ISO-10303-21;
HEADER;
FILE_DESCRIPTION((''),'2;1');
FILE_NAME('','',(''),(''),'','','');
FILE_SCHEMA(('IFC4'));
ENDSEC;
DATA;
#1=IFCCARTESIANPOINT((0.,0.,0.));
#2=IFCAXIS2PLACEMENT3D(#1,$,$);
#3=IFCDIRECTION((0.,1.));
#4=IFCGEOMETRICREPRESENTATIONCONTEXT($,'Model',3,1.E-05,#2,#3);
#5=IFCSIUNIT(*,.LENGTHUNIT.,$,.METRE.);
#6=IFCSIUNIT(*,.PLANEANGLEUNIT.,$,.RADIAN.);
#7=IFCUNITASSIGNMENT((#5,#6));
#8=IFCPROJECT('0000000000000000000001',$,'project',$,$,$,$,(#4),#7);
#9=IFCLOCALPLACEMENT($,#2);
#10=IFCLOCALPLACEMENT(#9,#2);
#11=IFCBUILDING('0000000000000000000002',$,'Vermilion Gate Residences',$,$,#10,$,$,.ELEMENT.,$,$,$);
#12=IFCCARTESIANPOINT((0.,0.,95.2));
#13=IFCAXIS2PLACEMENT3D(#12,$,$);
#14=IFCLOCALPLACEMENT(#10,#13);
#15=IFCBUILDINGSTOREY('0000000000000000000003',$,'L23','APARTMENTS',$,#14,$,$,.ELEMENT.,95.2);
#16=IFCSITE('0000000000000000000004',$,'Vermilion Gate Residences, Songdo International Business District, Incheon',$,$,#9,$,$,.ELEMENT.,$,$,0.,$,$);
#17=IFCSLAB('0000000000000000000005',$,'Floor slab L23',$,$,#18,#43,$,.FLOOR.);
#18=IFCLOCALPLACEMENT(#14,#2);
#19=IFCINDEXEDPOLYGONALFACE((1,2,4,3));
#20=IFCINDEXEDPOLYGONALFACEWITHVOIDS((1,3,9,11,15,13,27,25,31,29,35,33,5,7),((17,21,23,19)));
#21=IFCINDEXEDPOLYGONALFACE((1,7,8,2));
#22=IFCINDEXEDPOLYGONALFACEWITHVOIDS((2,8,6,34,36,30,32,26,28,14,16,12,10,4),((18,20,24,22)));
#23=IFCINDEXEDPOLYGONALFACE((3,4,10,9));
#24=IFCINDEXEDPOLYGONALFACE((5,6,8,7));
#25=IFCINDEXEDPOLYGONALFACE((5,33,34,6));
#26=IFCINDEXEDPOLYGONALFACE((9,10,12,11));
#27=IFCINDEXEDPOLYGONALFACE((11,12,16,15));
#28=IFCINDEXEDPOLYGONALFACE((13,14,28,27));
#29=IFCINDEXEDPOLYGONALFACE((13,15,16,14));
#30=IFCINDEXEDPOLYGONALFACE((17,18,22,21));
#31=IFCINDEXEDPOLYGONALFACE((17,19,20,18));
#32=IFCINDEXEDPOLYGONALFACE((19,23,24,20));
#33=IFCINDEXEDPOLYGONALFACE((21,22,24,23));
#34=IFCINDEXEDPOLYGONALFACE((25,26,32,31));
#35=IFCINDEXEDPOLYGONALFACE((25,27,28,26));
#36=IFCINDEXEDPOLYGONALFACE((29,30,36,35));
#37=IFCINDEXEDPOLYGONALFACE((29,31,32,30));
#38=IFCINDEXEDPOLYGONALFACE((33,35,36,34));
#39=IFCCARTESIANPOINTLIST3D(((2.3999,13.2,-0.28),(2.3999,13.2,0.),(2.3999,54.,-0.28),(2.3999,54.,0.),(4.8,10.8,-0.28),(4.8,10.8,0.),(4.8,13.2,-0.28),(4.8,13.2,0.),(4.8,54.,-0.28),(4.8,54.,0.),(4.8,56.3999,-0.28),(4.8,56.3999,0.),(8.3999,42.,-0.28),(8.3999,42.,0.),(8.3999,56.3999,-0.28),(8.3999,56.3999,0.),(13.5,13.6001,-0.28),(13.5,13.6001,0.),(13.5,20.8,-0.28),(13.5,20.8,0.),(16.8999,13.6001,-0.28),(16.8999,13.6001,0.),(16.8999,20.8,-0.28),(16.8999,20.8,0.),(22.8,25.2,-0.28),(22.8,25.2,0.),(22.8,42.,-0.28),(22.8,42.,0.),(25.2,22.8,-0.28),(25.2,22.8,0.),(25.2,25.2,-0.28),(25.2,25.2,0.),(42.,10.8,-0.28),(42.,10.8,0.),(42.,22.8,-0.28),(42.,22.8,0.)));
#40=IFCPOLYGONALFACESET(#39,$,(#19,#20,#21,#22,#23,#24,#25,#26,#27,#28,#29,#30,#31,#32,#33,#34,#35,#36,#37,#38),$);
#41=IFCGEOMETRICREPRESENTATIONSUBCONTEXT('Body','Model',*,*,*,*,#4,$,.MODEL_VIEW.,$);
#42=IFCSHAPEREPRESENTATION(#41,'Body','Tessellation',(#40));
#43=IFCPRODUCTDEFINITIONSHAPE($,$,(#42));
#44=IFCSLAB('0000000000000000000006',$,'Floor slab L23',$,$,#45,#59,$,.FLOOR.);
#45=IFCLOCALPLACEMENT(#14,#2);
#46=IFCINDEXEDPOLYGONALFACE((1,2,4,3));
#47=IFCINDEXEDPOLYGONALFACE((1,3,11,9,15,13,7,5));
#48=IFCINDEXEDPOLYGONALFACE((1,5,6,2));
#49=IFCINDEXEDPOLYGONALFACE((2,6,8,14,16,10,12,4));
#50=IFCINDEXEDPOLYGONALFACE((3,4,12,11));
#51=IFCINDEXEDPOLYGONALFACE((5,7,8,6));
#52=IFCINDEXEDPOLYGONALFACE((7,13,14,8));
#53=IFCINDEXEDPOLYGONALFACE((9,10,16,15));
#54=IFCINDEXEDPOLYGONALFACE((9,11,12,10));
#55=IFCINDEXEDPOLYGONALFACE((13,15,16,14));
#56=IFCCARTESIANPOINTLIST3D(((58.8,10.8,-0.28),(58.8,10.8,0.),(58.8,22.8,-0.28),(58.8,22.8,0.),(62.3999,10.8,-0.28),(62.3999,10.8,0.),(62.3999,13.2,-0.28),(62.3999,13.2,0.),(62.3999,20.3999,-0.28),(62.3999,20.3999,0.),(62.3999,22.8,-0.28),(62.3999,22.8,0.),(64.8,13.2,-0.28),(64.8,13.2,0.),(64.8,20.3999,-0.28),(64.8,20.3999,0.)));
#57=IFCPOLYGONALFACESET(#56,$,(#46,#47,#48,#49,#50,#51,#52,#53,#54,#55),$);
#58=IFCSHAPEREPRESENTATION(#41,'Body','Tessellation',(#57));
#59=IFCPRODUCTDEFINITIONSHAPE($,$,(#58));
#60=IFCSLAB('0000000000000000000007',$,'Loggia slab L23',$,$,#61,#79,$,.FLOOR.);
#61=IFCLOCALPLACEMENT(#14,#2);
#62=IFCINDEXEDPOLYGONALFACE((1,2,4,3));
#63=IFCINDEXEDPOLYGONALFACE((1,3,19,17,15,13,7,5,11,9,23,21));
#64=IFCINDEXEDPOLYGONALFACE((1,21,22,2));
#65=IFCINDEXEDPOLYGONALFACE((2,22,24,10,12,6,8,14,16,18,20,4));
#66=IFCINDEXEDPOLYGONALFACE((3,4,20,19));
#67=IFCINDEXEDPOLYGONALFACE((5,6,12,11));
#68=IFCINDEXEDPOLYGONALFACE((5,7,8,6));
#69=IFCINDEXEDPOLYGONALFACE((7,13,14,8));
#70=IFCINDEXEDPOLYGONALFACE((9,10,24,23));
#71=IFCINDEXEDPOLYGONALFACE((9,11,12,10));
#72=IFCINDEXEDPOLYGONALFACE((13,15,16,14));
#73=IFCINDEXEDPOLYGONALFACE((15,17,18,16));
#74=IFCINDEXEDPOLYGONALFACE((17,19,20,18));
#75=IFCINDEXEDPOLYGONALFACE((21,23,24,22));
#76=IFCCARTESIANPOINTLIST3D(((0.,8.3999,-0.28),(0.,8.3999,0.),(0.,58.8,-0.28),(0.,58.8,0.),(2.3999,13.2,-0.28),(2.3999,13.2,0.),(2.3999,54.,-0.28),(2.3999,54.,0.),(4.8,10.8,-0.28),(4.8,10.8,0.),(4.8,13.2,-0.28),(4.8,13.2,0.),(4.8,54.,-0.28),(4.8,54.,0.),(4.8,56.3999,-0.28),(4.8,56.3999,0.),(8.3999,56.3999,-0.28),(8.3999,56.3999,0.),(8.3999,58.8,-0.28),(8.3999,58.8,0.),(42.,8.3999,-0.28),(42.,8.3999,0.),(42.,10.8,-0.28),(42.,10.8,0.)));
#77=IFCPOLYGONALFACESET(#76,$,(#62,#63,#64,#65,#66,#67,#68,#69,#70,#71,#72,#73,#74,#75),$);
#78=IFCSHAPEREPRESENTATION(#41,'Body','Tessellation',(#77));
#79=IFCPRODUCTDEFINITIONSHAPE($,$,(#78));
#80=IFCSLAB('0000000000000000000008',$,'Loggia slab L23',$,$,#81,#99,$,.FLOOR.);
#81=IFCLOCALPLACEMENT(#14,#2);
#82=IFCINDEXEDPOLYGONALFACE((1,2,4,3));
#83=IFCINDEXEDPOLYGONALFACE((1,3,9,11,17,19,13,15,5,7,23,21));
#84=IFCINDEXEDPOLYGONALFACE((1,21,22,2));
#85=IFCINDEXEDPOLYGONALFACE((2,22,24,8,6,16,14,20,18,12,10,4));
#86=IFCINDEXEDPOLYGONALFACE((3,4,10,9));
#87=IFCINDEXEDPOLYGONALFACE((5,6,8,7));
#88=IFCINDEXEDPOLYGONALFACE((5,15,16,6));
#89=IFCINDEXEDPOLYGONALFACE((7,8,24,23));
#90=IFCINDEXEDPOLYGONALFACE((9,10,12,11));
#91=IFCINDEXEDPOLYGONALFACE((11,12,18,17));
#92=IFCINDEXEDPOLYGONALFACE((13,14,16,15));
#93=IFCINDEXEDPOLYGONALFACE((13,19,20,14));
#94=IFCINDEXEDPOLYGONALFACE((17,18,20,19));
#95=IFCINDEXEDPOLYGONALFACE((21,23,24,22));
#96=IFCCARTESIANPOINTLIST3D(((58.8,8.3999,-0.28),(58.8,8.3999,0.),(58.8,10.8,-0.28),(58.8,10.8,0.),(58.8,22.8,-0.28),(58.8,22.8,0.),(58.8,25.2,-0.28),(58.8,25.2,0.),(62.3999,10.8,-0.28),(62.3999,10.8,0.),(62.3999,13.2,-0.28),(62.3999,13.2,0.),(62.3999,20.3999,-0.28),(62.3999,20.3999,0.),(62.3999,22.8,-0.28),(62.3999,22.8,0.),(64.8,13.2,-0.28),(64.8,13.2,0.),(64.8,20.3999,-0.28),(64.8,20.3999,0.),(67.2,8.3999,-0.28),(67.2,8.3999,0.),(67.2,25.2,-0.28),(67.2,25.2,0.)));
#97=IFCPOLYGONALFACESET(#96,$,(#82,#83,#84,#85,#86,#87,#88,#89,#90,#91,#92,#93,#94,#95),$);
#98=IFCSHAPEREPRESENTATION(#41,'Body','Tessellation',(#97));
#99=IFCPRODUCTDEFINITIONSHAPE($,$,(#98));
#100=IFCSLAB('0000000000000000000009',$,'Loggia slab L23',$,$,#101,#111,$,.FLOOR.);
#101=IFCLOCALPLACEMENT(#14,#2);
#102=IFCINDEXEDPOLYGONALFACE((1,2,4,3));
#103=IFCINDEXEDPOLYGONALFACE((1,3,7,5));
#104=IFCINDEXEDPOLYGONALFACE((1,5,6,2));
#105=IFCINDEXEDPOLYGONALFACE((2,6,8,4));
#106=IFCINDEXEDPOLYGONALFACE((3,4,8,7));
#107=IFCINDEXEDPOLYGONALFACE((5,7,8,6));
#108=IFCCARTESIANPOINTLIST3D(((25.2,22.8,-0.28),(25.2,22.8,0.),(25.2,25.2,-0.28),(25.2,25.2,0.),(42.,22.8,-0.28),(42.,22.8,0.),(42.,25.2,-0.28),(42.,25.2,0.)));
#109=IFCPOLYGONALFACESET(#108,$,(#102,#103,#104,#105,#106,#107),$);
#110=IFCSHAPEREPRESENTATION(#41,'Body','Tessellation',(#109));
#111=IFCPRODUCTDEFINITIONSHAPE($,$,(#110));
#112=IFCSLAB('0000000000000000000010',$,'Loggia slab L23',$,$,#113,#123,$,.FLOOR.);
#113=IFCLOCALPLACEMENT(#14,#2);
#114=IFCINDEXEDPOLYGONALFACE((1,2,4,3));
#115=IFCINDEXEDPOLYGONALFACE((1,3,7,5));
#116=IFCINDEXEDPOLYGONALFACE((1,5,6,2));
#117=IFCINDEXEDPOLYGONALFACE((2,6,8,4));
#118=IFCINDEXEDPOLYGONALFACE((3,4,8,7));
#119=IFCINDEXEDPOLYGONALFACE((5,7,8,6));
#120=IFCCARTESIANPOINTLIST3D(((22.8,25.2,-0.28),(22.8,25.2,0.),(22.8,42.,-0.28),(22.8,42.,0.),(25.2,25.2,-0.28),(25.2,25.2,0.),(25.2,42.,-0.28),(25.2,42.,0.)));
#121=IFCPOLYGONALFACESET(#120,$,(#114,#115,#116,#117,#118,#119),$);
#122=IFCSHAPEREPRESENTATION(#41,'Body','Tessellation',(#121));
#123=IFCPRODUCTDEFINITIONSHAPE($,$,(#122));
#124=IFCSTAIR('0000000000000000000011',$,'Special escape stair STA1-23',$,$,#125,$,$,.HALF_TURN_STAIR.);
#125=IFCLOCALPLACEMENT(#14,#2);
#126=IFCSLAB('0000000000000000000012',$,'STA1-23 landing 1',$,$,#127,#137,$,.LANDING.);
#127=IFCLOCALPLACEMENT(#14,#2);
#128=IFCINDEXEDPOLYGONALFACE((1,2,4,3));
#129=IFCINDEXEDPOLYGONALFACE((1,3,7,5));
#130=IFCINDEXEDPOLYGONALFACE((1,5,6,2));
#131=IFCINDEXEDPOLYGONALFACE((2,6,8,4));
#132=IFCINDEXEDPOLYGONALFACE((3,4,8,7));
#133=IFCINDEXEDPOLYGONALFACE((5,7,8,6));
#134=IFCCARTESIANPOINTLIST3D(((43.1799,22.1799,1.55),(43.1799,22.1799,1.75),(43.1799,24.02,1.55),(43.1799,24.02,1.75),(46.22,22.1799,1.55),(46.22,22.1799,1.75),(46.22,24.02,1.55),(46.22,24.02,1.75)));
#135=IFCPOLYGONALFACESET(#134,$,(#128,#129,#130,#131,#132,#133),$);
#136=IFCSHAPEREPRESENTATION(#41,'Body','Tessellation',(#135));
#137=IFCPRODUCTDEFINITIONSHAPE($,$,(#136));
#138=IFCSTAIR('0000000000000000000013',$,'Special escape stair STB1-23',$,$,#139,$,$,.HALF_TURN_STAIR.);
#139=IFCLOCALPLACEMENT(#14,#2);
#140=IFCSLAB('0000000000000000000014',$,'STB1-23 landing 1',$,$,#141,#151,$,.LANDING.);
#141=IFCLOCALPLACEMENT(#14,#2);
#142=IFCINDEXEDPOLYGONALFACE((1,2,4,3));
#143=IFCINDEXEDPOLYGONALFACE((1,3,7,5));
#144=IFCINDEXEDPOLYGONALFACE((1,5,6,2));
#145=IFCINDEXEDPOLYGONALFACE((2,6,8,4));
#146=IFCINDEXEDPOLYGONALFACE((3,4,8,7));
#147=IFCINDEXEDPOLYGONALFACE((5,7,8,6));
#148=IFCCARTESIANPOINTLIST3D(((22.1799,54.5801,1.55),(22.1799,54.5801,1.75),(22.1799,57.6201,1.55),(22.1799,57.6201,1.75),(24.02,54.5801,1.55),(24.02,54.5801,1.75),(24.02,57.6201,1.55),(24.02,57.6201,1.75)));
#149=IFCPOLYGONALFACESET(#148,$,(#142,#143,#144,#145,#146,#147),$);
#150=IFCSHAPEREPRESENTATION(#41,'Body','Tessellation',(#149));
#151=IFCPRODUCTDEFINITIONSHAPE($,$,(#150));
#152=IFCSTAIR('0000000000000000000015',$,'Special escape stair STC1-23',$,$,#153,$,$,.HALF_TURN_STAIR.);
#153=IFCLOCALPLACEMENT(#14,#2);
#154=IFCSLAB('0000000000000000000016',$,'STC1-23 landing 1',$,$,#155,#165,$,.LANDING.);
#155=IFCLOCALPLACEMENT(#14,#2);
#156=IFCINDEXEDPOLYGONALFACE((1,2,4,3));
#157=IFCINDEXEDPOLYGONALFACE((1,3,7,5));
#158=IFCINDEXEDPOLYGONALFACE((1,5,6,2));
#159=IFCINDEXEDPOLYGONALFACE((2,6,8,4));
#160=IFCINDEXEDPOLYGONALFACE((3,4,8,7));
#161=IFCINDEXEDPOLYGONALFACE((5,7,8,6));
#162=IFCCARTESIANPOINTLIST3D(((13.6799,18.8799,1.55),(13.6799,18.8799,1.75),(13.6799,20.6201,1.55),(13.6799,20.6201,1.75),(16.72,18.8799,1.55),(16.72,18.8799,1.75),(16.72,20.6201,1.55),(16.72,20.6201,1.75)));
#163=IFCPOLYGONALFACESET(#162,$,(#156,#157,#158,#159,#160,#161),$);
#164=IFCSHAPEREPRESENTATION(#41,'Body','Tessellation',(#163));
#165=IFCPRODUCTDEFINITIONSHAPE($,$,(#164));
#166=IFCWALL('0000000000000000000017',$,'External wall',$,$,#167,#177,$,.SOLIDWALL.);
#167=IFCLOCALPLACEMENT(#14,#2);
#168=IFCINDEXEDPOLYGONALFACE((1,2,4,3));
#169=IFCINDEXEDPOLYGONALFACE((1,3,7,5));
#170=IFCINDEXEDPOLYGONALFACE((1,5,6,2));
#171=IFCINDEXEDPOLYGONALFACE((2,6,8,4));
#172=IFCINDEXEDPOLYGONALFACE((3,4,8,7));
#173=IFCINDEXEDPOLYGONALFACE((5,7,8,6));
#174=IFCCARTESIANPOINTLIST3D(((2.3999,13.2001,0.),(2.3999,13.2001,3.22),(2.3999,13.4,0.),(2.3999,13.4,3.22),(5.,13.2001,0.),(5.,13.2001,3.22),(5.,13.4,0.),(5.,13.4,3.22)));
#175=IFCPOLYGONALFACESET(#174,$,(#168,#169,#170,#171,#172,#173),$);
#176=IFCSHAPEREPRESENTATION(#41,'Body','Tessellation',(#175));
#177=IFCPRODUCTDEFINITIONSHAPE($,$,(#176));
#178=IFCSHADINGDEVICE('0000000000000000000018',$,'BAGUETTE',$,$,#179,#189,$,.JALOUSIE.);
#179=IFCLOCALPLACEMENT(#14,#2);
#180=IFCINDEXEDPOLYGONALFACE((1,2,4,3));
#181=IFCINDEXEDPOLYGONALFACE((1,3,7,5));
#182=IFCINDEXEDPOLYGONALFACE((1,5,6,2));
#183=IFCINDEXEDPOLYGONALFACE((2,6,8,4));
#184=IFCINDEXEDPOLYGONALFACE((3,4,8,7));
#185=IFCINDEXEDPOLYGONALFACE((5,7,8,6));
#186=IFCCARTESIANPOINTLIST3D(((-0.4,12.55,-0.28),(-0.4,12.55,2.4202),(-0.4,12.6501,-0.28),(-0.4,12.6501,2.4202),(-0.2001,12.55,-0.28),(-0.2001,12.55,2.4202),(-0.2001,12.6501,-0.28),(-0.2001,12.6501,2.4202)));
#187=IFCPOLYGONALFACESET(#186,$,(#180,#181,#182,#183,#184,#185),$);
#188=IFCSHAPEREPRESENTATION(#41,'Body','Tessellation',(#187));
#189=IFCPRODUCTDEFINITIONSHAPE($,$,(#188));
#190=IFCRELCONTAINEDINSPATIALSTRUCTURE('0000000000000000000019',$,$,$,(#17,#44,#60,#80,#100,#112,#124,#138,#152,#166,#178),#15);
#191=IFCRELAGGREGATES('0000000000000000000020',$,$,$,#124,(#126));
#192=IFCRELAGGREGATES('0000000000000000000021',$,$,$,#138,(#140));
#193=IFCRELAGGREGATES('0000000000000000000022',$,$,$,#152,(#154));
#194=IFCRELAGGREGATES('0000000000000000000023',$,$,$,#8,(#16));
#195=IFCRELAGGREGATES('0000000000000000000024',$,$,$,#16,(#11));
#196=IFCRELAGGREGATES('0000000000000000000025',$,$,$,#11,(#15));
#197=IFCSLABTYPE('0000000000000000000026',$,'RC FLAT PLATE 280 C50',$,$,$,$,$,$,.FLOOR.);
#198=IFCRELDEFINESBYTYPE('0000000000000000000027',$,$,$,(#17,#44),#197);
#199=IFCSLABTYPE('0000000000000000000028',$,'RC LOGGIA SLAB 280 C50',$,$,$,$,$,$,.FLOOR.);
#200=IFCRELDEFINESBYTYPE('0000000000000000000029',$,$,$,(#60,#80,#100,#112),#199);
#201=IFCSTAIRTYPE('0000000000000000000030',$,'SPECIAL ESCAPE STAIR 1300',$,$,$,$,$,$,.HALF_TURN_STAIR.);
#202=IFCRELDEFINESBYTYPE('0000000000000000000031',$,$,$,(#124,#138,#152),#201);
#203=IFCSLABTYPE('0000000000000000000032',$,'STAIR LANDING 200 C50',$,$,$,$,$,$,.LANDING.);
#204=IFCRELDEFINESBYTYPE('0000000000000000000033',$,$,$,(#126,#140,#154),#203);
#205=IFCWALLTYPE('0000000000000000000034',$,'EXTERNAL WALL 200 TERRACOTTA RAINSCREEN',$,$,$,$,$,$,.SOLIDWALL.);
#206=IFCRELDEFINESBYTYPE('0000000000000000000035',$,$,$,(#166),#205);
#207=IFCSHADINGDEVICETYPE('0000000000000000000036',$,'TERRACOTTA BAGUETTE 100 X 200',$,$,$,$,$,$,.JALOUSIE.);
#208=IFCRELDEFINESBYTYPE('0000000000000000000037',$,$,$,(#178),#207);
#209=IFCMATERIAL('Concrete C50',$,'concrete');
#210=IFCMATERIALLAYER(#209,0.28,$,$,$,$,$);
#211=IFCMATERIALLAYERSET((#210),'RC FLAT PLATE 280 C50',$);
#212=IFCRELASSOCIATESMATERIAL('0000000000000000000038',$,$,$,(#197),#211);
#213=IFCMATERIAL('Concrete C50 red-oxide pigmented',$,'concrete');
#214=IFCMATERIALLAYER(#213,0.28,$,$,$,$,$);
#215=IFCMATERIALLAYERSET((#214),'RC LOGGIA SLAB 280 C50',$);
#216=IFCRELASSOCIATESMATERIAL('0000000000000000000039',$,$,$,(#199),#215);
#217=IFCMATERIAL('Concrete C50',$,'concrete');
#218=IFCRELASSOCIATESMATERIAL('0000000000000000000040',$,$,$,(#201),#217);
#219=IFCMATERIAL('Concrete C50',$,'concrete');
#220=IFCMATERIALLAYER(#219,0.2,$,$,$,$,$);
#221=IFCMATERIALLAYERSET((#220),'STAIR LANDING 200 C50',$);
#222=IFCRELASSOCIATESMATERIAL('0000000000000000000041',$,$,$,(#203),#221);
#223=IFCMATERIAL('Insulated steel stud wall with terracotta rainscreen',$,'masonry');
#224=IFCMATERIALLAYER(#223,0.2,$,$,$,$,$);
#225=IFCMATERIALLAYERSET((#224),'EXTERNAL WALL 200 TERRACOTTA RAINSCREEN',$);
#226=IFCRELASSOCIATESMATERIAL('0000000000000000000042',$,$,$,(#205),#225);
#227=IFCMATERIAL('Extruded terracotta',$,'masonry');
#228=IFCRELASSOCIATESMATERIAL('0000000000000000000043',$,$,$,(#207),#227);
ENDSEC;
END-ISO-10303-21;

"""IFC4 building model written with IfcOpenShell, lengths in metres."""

from ifc_helpers import new_model, si_unit, direction, frame, frame_2d, origin, origin_2d, place, context, subcontext, project, spatial, polyline, rectangle, outline, extrude, material, layer, layer_set, material_profile, profile_set, type_object, element, aggregate, save


model = new_model("IFC4")

# Units and contexts
model_context = context("Model", 3, precision=1e-05, world=origin(), true_north=direction((0.0, 1.0)))
body_context = subcontext(model_context, "Body", "Model", "MODEL_VIEW")
ifc_project = project(units=[si_unit("LENGTHUNIT", "METRE"), si_unit("PLANEANGLEUNIT", "RADIAN")], contexts=[model_context])

# Site, building, storey
site_placement = place(None, origin())
site = spatial("IfcSite", under=ifc_project, at=site_placement, Name="Vermilion Gate Residences, Songdo International Business District, Incheon", CompositionType="ELEMENT", RefElevation=0.0)
building_placement = place(site_placement, origin())
building = spatial("IfcBuilding", under=site, at=building_placement, Name="Vermilion Gate Residences", CompositionType="ELEMENT")
storey_placement = place(building_placement, frame((0.0, 0.0, 95.2)))
storey = spatial("IfcBuildingStorey", under=building, at=storey_placement, Name="L23", Description="APARTMENTS", CompositionType="ELEMENT", Elevation=95.2)

# Slabs
ifc_material_1 = material(Name="Concrete C50", Category="concrete")
ifc_layer_1 = layer(ifc_material_1, 0.28)
ifc_layer_set_1 = layer_set([ifc_layer_1], Name="RC FLAT PLATE 280 C50")
slab_type_1 = type_object("IfcSlabType", Name="RC FLAT PLATE 280 C50", PredefinedType="FLOOR", material=ifc_layer_set_1)
slab_1_placement = place(storey_placement, frame((0.0, 0.0, -0.28)))
element("IfcSlab", 1, at=slab_1_placement, inside=storey, type_object=slab_type_1, Name="Floor slab L23", PredefinedType="FLOOR", context=body_context, shape_type="SweptSolid", body=[
    extrude(outline(polyline([(22.8, 25.2), (22.8, 42.0), (8.3999, 42.0), (8.3999, 56.3999), (4.8, 56.3999), (4.8, 54.0), (2.3999, 54.0), (2.3999, 13.2), (4.8, 13.2), (4.8, 10.8), (42.0, 10.8), (42.0, 22.8), (25.2, 22.8), (25.2, 25.2), (22.8, 25.2)]), holes=[polyline([(13.5, 13.6001), (13.5, 20.8), (16.8999, 20.8), (16.8999, 13.6001), (13.5, 13.6001)])]), origin(), (0.0, 0.0, 1.0), 0.28),
])
slab_2_placement = place(storey_placement, frame((0.0, 0.0, -0.28)))
element("IfcSlab", 2, at=slab_2_placement, inside=storey, type_object=slab_type_1, Name="Floor slab L23", PredefinedType="FLOOR", context=body_context, shape_type="SweptSolid", body=[
    extrude(outline(polyline([(58.8, 22.8), (58.8, 10.8), (62.3999, 10.8), (62.3999, 13.2), (64.8, 13.2), (64.8, 20.3999), (62.3999, 20.3999), (62.3999, 22.8), (58.8, 22.8)])), origin(), (0.0, 0.0, 1.0), 0.28),
])
ifc_material_2 = material(Name="Concrete C50 red-oxide pigmented", Category="concrete")
ifc_layer_2 = layer(ifc_material_2, 0.28)
ifc_layer_set_2 = layer_set([ifc_layer_2], Name="RC LOGGIA SLAB 280 C50")
slab_type_2 = type_object("IfcSlabType", Name="RC LOGGIA SLAB 280 C50", PredefinedType="FLOOR", material=ifc_layer_set_2)
slab_3_placement = place(storey_placement, frame((0.0, 0.0, -0.28)))
element("IfcSlab", 3, at=slab_3_placement, inside=storey, type_object=slab_type_2, Name="Loggia slab L23", PredefinedType="FLOOR", context=body_context, shape_type="SweptSolid", body=[
    extrude(outline(polyline([(0.0, 58.8), (0.0, 8.3999), (42.0, 8.3999), (42.0, 10.8), (4.8, 10.8), (4.8, 13.2), (2.3999, 13.2), (2.3999, 54.0), (4.8, 54.0), (4.8, 56.3999), (8.3999, 56.3999), (8.3999, 58.8), (0.0, 58.8)])), origin(), (0.0, 0.0, 1.0), 0.28),
])
slab_4_placement = place(storey_placement, frame((0.0, 0.0, -0.28)))
element("IfcSlab", 4, at=slab_4_placement, inside=storey, type_object=slab_type_2, Name="Loggia slab L23", PredefinedType="FLOOR", context=body_context, shape_type="SweptSolid", body=[
    extrude(outline(polyline([(64.8, 20.3999), (64.8, 13.2), (62.3999, 13.2), (62.3999, 10.8), (58.8, 10.8), (58.8, 8.3999), (67.2, 8.3999), (67.2, 25.2), (58.8, 25.2), (58.8, 22.8), (62.3999, 22.8), (62.3999, 20.3999), (64.8, 20.3999)])), origin(), (0.0, 0.0, 1.0), 0.28),
])
slab_5_placement = place(storey_placement, frame((0.0, 0.0, -0.28)))
element("IfcSlab", 5, at=slab_5_placement, inside=storey, type_object=slab_type_2, Name="Loggia slab L23", PredefinedType="FLOOR", context=body_context, shape_type="SweptSolid", body=[
    extrude(outline(polyline([(25.2, 22.8), (42.0, 22.8), (42.0, 25.2), (25.2, 25.2), (25.2, 22.8)])), origin(), (0.0, 0.0, 1.0), 0.28),
])
slab_6_placement = place(storey_placement, frame((0.0, 0.0, -0.28)))
element("IfcSlab", 6, at=slab_6_placement, inside=storey, type_object=slab_type_2, Name="Loggia slab L23", PredefinedType="FLOOR", context=body_context, shape_type="SweptSolid", body=[
    extrude(outline(polyline([(25.2, 25.2), (25.2, 42.0), (22.8, 42.0), (22.8, 25.2), (25.2, 25.2)])), origin(), (0.0, 0.0, 1.0), 0.28),
])

# Stairs, slabs
ifc_material_3 = material(Name="Concrete C50", Category="concrete")
stair_type = type_object("IfcStairType", Name="SPECIAL ESCAPE STAIR 1300", PredefinedType="HALF_TURN_STAIR", material=ifc_material_3)
stair_1_placement = place(storey_placement, origin())
stair_1 = element("IfcStair", 7, at=stair_1_placement, inside=storey, type_object=stair_type, Name="Special escape stair STA1-23", PredefinedType="HALF_TURN_STAIR")
ifc_material_4 = material(Name="Concrete C50", Category="concrete")
ifc_layer_3 = layer(ifc_material_4, 0.2)
ifc_layer_set_3 = layer_set([ifc_layer_3], Name="STAIR LANDING 200 C50")
slab_type_3 = type_object("IfcSlabType", Name="STAIR LANDING 200 C50", PredefinedType="LANDING", material=ifc_layer_set_3)
slab_7_placement = place(storey_placement, frame((0.0, 0.0, 1.55)))
slab_7 = element("IfcSlab", 8, at=slab_7_placement, type_object=slab_type_3, Name="STA1-23 landing 1", PredefinedType="LANDING", context=body_context, shape_type="SweptSolid", body=[
    extrude(outline(polyline([(46.22, 22.1799), (46.22, 24.02), (43.1799, 24.02), (43.1799, 22.1799), (46.22, 22.1799)])), origin(), (0.0, 0.0, 1.0), 0.2),
])
aggregate(stair_1, [slab_7])
stair_2_placement = place(storey_placement, origin())
stair_2 = element("IfcStair", 9, at=stair_2_placement, inside=storey, type_object=stair_type, Name="Special escape stair STB1-23", PredefinedType="HALF_TURN_STAIR")
slab_8_placement = place(storey_placement, frame((0.0, 0.0, 1.55)))
slab_8 = element("IfcSlab", 10, at=slab_8_placement, type_object=slab_type_3, Name="STB1-23 landing 1", PredefinedType="LANDING", context=body_context, shape_type="SweptSolid", body=[
    extrude(outline(polyline([(24.02, 54.5801), (24.02, 57.6201), (22.1799, 57.6201), (22.1799, 54.5801), (24.02, 54.5801)])), origin(), (0.0, 0.0, 1.0), 0.2),
])
aggregate(stair_2, [slab_8])
stair_3_placement = place(storey_placement, origin())
stair_3 = element("IfcStair", 11, at=stair_3_placement, inside=storey, type_object=stair_type, Name="Special escape stair STC1-23", PredefinedType="HALF_TURN_STAIR")
slab_9_placement = place(storey_placement, frame((0.0, 0.0, 1.55)))
slab_9 = element("IfcSlab", 12, at=slab_9_placement, type_object=slab_type_3, Name="STC1-23 landing 1", PredefinedType="LANDING", context=body_context, shape_type="SweptSolid", body=[
    extrude(outline(polyline([(16.72, 18.8799), (16.72, 20.6201), (13.6799, 20.6201), (13.6799, 18.8799), (16.72, 18.8799)])), origin(), (0.0, 0.0, 1.0), 0.2),
])
aggregate(stair_3, [slab_9])

# Wall
ifc_material_5 = material(Name="Insulated steel stud wall with terracotta rainscreen", Category="masonry")
ifc_layer_4 = layer(ifc_material_5, 0.2)
ifc_layer_set_4 = layer_set([ifc_layer_4], Name="EXTERNAL WALL 200 TERRACOTTA RAINSCREEN")
wall_type = type_object("IfcWallType", Name="EXTERNAL WALL 200 TERRACOTTA RAINSCREEN", PredefinedType="SOLIDWALL", material=ifc_layer_set_4)
wall_placement = place(storey_placement, frame((2.3999, 13.3, 0.0), z_axis=(0.0, 0.0, 1.0), x_axis=(1.0, 0.0, 0.0)))
element("IfcWall", 13, at=wall_placement, inside=storey, type_object=wall_type, Name="External wall", PredefinedType="SOLIDWALL", context=body_context, shape_type="SweptSolid", body=[
    extrude(rectangle(XDim=2.6001, YDim=0.2, at=frame_2d((1.3, 0.0))), origin(), (0.0, 0.0, 1.0), 3.22),
])

# Shading device
ifc_material_6 = material(Name="Extruded terracotta", Category="masonry")
ifc_material_profile_1 = material_profile(ifc_material_6, rectangle(XDim=0.2, YDim=0.1001, at=origin_2d()), Name="BAGUETTE 100 X 200")
ifc_profile_set_1 = profile_set([ifc_material_profile_1], Name="Extruded terracotta")
shading_device_type = type_object("IfcShadingDeviceType", Name="TERRACOTTA BAGUETTE 100 X 200", PredefinedType="JALOUSIE", material=ifc_profile_set_1)
shading_device_placement = place(storey_placement, frame((-0.3, 12.6001, -0.28), z_axis=(0.0, 0.0, 1.0), x_axis=(1.0, 0.0, 0.0)))
element("IfcShadingDevice", 14, at=shading_device_placement, inside=storey, type_object=shading_device_type, Name="BAGUETTE", PredefinedType="JALOUSIE", context=body_context, shape_type="SweptSolid", body=[
    extrude(rectangle(XDim=0.2, YDim=0.1001, at=origin_2d()), origin(), (0.0, 0.0, 1.0), 2.7002),
])

save(model, "model.ifc")
